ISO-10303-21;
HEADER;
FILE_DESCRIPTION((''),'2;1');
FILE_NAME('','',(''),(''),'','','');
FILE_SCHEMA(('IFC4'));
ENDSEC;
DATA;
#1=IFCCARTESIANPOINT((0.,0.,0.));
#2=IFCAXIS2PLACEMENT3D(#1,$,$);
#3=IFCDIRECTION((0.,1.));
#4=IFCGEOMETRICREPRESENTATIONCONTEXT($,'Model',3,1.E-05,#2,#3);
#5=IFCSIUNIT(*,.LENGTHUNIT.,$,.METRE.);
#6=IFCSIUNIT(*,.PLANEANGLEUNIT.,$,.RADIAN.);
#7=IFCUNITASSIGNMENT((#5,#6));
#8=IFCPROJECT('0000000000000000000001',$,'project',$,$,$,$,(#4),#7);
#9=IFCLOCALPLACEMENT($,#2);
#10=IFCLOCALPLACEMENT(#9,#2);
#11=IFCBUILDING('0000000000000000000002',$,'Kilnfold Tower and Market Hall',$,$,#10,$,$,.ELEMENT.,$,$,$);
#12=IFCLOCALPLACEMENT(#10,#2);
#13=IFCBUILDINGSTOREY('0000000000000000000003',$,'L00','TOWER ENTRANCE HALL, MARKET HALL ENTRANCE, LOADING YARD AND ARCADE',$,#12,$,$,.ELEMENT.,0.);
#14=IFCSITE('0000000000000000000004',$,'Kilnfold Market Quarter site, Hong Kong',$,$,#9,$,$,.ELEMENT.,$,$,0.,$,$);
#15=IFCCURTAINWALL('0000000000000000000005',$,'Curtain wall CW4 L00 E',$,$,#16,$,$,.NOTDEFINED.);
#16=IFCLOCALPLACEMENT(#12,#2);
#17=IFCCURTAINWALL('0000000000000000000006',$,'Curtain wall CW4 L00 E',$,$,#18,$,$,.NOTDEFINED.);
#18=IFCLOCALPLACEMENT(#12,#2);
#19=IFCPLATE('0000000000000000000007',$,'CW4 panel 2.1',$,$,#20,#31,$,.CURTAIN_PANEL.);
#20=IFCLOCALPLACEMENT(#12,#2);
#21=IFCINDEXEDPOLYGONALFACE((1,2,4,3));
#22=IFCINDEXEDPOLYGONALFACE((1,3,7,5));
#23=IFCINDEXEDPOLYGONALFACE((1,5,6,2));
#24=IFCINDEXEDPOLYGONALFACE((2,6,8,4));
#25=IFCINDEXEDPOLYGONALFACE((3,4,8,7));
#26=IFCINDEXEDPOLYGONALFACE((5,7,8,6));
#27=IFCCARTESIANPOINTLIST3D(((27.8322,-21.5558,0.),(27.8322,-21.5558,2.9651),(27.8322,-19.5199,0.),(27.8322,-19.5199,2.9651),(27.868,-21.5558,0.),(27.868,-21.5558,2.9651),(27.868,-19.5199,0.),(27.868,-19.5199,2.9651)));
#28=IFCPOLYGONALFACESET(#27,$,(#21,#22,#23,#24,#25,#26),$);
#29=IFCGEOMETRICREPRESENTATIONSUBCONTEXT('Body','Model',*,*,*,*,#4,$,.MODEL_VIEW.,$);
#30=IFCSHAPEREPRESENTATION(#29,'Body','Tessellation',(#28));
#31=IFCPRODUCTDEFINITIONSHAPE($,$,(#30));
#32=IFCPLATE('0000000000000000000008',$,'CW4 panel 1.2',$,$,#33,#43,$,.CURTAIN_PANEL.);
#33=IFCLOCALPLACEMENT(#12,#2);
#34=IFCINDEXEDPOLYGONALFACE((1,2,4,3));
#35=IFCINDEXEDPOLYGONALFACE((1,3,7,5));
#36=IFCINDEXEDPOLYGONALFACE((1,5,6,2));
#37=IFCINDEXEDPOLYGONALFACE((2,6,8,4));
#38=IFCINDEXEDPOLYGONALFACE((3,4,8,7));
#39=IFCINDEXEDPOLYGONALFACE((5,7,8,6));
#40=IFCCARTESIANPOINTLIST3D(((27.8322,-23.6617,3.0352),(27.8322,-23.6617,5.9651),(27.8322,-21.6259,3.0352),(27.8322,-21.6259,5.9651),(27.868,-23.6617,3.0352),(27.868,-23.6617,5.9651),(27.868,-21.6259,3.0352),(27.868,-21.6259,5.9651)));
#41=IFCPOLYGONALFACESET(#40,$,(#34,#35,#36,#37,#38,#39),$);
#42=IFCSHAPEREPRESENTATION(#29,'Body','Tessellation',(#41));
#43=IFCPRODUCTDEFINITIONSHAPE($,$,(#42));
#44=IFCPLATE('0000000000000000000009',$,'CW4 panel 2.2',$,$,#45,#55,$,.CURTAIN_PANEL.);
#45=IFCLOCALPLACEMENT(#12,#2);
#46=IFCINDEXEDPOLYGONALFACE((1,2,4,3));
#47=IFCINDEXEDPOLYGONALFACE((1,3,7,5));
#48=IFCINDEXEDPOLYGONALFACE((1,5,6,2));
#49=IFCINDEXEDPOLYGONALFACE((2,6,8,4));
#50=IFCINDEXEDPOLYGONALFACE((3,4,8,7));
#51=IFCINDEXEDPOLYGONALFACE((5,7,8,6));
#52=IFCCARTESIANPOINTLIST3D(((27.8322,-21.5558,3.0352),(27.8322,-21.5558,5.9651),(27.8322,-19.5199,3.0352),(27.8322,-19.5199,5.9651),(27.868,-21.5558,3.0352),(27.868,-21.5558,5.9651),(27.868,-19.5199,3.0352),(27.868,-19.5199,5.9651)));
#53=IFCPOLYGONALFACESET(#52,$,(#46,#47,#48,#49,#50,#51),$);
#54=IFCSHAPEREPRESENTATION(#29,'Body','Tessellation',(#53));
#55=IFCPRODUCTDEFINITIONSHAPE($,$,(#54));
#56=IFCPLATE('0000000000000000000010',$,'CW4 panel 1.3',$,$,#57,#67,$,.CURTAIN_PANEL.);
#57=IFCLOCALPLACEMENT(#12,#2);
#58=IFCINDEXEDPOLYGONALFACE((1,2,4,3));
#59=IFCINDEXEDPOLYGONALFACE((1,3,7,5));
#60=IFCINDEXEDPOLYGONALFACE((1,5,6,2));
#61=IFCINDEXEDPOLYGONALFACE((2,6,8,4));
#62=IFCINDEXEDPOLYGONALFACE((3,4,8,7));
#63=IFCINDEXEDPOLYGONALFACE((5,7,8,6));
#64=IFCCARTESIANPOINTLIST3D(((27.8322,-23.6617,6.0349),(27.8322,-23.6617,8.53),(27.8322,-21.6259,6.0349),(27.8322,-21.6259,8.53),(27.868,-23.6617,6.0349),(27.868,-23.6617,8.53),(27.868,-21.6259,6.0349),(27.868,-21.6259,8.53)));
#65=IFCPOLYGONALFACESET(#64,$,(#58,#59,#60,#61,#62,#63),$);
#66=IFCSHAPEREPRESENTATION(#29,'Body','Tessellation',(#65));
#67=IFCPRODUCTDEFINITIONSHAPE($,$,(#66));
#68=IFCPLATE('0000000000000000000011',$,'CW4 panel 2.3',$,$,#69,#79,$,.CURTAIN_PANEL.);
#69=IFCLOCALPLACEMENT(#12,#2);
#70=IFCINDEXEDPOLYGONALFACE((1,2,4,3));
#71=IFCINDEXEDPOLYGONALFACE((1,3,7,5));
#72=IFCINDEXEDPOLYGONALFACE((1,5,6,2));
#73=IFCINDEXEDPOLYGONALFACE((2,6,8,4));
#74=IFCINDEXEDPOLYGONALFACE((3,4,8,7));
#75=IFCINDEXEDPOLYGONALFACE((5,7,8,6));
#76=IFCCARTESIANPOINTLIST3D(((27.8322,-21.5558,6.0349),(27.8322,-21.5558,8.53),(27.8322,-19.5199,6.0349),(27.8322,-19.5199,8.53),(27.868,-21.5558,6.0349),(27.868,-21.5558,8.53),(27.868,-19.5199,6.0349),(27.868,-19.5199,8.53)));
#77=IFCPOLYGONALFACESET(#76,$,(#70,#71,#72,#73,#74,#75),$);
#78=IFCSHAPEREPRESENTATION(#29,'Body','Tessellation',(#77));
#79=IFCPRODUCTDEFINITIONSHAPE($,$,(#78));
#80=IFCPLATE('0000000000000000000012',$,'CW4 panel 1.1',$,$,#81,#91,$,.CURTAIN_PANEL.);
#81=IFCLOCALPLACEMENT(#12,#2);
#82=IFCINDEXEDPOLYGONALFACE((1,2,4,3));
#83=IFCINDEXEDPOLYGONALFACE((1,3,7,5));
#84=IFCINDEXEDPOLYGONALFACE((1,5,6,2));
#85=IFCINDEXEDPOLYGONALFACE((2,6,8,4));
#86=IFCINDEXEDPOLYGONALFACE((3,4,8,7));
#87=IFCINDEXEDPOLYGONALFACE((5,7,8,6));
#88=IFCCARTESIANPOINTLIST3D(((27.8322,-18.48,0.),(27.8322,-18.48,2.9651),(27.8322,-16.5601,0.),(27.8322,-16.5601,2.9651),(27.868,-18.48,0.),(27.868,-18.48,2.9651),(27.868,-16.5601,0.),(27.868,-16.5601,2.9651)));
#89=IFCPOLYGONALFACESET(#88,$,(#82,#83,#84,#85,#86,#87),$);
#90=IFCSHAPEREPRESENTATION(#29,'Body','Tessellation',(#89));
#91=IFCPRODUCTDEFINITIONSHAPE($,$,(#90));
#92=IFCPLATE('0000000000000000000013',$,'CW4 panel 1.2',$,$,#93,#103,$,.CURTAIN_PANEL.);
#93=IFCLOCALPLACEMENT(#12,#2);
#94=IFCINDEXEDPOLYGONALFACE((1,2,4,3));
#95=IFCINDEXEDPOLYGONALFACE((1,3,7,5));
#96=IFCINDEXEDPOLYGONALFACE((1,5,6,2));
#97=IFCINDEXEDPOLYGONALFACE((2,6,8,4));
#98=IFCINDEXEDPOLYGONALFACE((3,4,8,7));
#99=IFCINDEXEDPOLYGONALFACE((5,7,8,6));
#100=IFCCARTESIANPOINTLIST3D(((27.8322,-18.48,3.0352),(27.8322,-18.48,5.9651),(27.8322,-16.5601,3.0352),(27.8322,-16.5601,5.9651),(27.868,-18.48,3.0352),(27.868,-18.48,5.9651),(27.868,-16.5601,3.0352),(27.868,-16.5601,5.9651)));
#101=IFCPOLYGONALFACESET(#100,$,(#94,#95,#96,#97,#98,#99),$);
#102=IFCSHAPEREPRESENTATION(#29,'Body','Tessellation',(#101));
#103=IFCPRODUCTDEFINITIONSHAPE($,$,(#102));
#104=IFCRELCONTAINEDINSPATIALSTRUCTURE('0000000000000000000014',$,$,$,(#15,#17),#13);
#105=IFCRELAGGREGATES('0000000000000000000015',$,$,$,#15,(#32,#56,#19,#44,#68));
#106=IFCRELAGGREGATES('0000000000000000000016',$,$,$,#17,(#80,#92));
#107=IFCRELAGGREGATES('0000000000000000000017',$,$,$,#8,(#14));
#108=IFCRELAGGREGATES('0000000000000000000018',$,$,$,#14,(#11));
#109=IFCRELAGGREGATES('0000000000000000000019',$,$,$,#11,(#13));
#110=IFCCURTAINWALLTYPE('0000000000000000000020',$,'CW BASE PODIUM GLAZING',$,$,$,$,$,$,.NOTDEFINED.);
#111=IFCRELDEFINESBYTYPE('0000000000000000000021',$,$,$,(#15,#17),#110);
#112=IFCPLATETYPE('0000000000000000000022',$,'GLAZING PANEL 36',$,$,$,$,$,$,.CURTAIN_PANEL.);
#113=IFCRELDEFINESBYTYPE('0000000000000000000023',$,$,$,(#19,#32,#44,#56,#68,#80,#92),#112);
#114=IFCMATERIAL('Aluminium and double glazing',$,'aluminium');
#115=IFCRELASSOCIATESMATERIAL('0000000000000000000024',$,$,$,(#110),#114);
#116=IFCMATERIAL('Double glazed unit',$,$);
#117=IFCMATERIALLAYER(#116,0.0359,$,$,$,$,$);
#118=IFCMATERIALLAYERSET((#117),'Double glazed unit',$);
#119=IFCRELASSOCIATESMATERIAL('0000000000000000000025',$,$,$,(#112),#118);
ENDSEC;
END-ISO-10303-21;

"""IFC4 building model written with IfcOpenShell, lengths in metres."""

from ifc_helpers import new_model, si_unit, direction, frame, origin, origin_2d, place, context, subcontext, project, spatial, rectangle, extrude, source, transform, mapped, material, layer, layer_set, type_object, element, aggregate, save


model = new_model("IFC4")

# Units and contexts
model_context = context("Model", 3, precision=1e-05, world=origin(), true_north=direction((0.0, 1.0)))
body_context = subcontext(model_context, "Body", "Model", "MODEL_VIEW")
ifc_project = project(units=[si_unit("LENGTHUNIT", "METRE"), si_unit("PLANEANGLEUNIT", "RADIAN")], contexts=[model_context])

# Site, building, storey
site_placement = place(None, origin())
site = spatial("IfcSite", under=ifc_project, at=site_placement, Name="Kilnfold Market Quarter site, Hong Kong", CompositionType="ELEMENT", RefElevation=0.0)
building_placement = place(site_placement, origin())
building = spatial("IfcBuilding", under=site, at=building_placement, Name="Kilnfold Tower and Market Hall", CompositionType="ELEMENT")
storey_placement = place(building_placement, origin())
storey = spatial("IfcBuildingStorey", under=building, at=storey_placement, Name="L00", Description="TOWER ENTRANCE HALL, MARKET HALL ENTRANCE, LOADING YARD AND ARCADE", CompositionType="ELEMENT", Elevation=0.0)

# Curtain wall
ifc_material_1 = material(Name="Aluminium and double glazing", Category="aluminium")
curtain_wall_type = type_object("IfcCurtainWallType", Name="CW BASE PODIUM GLAZING", PredefinedType="NOTDEFINED", material=ifc_material_1)
curtain_wall_1_placement = place(storey_placement, origin())
curtain_wall_1 = element("IfcCurtainWall", 1, at=curtain_wall_1_placement, inside=storey, type_object=curtain_wall_type, Name="Curtain wall CW4 L00 E", PredefinedType="NOTDEFINED")

# Curtain wall
curtain_wall_2_placement = place(storey_placement, origin())
curtain_wall_2 = element("IfcCurtainWall", 2, at=curtain_wall_2_placement, inside=storey, type_object=curtain_wall_type, Name="Curtain wall CW4 L00 E", PredefinedType="NOTDEFINED")

# Plates
ifc_material_2 = material(Name="Double glazed unit")
ifc_layer = layer(ifc_material_2, 0.0359)
ifc_layer_set = layer_set([ifc_layer], Name="Double glazed unit")
plate_type = type_object("IfcPlateType", Name="GLAZING PANEL 36", PredefinedType="CURTAIN_PANEL", material=ifc_layer_set)
shared_shape_1 = source(origin(), body_context, "Body", "SweptSolid", [
    extrude(rectangle(XDim=2.0359, YDim=0.0359, at=origin_2d()), origin(), (0.0, 0.0, 1.0), 2.9651),
])
plate_1_placement = place(storey_placement, frame((27.8501, -20.5378, 0.0), z_axis=(0.0, 0.0, 1.0), x_axis=(0.0, 1.0, 0.0)))
plate_1 = element("IfcPlate", 3, at=plate_1_placement, type_object=plate_type, Name="CW4 panel 2.1", PredefinedType="CURTAIN_PANEL", context=body_context, shape_type="MappedRepresentation", body=[
    mapped(shared_shape_1, transform((0.0, 0.0, 0.0))),
])
shared_shape_2 = source(origin(), body_context, "Body", "SweptSolid", [
    extrude(rectangle(XDim=2.0359, YDim=0.0359, at=origin_2d()), origin(), (0.0, 0.0, 1.0), 2.9299),
])
plate_2_placement = place(storey_placement, frame((27.8501, -22.6438, 3.0352), z_axis=(0.0, 0.0, 1.0), x_axis=(0.0, 1.0, 0.0)))
plate_2 = element("IfcPlate", 4, at=plate_2_placement, type_object=plate_type, Name="CW4 panel 1.2", PredefinedType="CURTAIN_PANEL", context=body_context, shape_type="MappedRepresentation", body=[
    mapped(shared_shape_2, transform((0.0, 0.0, 0.0))),
])
plate_3_placement = place(storey_placement, frame((27.8501, -20.5378, 3.0352), z_axis=(0.0, 0.0, 1.0), x_axis=(0.0, 1.0, 0.0)))
plate_3 = element("IfcPlate", 5, at=plate_3_placement, type_object=plate_type, Name="CW4 panel 2.2", PredefinedType="CURTAIN_PANEL", context=body_context, shape_type="MappedRepresentation", body=[
    mapped(shared_shape_2, transform((0.0, 0.0, 0.0))),
])
shared_shape_3 = source(origin(), body_context, "Body", "SweptSolid", [
    extrude(rectangle(XDim=2.0359, YDim=0.0359, at=origin_2d()), origin(), (0.0, 0.0, 1.0), 2.4951),
])
plate_4_placement = place(storey_placement, frame((27.8501, -22.6438, 6.0349), z_axis=(0.0, 0.0, 1.0), x_axis=(0.0, 1.0, 0.0)))
plate_4 = element("IfcPlate", 6, at=plate_4_placement, type_object=plate_type, Name="CW4 panel 1.3", PredefinedType="CURTAIN_PANEL", context=body_context, shape_type="MappedRepresentation", body=[
    mapped(shared_shape_3, transform((0.0, 0.0, 0.0))),
])
plate_5_placement = place(storey_placement, frame((27.8501, -20.5378, 6.0349), z_axis=(0.0, 0.0, 1.0), x_axis=(0.0, 1.0, 0.0)))
plate_5 = element("IfcPlate", 7, at=plate_5_placement, type_object=plate_type, Name="CW4 panel 2.3", PredefinedType="CURTAIN_PANEL", context=body_context, shape_type="MappedRepresentation", body=[
    mapped(shared_shape_3, transform((0.0, 0.0, 0.0))),
])
aggregate(curtain_wall_1, [plate_2, plate_4, plate_1, plate_3, plate_5])
shared_shape_4 = source(origin(), body_context, "Body", "SweptSolid", [
    extrude(rectangle(XDim=1.9199, YDim=0.0359, at=origin_2d()), origin(), (0.0, 0.0, 1.0), 2.9651),
])
plate_6_placement = place(storey_placement, frame((27.8501, -17.52, 0.0), z_axis=(0.0, 0.0, 1.0), x_axis=(0.0, 1.0, 0.0)))
plate_6 = element("IfcPlate", 8, at=plate_6_placement, type_object=plate_type, Name="CW4 panel 1.1", PredefinedType="CURTAIN_PANEL", context=body_context, shape_type="MappedRepresentation", body=[
    mapped(shared_shape_4, transform((0.0, 0.0, 0.0))),
])
shared_shape_5 = source(origin(), body_context, "Body", "SweptSolid", [
    extrude(rectangle(XDim=1.9199, YDim=0.0359, at=origin_2d()), origin(), (0.0, 0.0, 1.0), 2.9299),
])
plate_7_placement = place(storey_placement, frame((27.8501, -17.52, 3.0352), z_axis=(0.0, 0.0, 1.0), x_axis=(0.0, 1.0, 0.0)))
plate_7 = element("IfcPlate", 9, at=plate_7_placement, type_object=plate_type, Name="CW4 panel 1.2", PredefinedType="CURTAIN_PANEL", context=body_context, shape_type="MappedRepresentation", body=[
    mapped(shared_shape_5, transform((0.0, 0.0, 0.0))),
])
aggregate(curtain_wall_2, [plate_6, plate_7])

save(model, "model.ifc")
